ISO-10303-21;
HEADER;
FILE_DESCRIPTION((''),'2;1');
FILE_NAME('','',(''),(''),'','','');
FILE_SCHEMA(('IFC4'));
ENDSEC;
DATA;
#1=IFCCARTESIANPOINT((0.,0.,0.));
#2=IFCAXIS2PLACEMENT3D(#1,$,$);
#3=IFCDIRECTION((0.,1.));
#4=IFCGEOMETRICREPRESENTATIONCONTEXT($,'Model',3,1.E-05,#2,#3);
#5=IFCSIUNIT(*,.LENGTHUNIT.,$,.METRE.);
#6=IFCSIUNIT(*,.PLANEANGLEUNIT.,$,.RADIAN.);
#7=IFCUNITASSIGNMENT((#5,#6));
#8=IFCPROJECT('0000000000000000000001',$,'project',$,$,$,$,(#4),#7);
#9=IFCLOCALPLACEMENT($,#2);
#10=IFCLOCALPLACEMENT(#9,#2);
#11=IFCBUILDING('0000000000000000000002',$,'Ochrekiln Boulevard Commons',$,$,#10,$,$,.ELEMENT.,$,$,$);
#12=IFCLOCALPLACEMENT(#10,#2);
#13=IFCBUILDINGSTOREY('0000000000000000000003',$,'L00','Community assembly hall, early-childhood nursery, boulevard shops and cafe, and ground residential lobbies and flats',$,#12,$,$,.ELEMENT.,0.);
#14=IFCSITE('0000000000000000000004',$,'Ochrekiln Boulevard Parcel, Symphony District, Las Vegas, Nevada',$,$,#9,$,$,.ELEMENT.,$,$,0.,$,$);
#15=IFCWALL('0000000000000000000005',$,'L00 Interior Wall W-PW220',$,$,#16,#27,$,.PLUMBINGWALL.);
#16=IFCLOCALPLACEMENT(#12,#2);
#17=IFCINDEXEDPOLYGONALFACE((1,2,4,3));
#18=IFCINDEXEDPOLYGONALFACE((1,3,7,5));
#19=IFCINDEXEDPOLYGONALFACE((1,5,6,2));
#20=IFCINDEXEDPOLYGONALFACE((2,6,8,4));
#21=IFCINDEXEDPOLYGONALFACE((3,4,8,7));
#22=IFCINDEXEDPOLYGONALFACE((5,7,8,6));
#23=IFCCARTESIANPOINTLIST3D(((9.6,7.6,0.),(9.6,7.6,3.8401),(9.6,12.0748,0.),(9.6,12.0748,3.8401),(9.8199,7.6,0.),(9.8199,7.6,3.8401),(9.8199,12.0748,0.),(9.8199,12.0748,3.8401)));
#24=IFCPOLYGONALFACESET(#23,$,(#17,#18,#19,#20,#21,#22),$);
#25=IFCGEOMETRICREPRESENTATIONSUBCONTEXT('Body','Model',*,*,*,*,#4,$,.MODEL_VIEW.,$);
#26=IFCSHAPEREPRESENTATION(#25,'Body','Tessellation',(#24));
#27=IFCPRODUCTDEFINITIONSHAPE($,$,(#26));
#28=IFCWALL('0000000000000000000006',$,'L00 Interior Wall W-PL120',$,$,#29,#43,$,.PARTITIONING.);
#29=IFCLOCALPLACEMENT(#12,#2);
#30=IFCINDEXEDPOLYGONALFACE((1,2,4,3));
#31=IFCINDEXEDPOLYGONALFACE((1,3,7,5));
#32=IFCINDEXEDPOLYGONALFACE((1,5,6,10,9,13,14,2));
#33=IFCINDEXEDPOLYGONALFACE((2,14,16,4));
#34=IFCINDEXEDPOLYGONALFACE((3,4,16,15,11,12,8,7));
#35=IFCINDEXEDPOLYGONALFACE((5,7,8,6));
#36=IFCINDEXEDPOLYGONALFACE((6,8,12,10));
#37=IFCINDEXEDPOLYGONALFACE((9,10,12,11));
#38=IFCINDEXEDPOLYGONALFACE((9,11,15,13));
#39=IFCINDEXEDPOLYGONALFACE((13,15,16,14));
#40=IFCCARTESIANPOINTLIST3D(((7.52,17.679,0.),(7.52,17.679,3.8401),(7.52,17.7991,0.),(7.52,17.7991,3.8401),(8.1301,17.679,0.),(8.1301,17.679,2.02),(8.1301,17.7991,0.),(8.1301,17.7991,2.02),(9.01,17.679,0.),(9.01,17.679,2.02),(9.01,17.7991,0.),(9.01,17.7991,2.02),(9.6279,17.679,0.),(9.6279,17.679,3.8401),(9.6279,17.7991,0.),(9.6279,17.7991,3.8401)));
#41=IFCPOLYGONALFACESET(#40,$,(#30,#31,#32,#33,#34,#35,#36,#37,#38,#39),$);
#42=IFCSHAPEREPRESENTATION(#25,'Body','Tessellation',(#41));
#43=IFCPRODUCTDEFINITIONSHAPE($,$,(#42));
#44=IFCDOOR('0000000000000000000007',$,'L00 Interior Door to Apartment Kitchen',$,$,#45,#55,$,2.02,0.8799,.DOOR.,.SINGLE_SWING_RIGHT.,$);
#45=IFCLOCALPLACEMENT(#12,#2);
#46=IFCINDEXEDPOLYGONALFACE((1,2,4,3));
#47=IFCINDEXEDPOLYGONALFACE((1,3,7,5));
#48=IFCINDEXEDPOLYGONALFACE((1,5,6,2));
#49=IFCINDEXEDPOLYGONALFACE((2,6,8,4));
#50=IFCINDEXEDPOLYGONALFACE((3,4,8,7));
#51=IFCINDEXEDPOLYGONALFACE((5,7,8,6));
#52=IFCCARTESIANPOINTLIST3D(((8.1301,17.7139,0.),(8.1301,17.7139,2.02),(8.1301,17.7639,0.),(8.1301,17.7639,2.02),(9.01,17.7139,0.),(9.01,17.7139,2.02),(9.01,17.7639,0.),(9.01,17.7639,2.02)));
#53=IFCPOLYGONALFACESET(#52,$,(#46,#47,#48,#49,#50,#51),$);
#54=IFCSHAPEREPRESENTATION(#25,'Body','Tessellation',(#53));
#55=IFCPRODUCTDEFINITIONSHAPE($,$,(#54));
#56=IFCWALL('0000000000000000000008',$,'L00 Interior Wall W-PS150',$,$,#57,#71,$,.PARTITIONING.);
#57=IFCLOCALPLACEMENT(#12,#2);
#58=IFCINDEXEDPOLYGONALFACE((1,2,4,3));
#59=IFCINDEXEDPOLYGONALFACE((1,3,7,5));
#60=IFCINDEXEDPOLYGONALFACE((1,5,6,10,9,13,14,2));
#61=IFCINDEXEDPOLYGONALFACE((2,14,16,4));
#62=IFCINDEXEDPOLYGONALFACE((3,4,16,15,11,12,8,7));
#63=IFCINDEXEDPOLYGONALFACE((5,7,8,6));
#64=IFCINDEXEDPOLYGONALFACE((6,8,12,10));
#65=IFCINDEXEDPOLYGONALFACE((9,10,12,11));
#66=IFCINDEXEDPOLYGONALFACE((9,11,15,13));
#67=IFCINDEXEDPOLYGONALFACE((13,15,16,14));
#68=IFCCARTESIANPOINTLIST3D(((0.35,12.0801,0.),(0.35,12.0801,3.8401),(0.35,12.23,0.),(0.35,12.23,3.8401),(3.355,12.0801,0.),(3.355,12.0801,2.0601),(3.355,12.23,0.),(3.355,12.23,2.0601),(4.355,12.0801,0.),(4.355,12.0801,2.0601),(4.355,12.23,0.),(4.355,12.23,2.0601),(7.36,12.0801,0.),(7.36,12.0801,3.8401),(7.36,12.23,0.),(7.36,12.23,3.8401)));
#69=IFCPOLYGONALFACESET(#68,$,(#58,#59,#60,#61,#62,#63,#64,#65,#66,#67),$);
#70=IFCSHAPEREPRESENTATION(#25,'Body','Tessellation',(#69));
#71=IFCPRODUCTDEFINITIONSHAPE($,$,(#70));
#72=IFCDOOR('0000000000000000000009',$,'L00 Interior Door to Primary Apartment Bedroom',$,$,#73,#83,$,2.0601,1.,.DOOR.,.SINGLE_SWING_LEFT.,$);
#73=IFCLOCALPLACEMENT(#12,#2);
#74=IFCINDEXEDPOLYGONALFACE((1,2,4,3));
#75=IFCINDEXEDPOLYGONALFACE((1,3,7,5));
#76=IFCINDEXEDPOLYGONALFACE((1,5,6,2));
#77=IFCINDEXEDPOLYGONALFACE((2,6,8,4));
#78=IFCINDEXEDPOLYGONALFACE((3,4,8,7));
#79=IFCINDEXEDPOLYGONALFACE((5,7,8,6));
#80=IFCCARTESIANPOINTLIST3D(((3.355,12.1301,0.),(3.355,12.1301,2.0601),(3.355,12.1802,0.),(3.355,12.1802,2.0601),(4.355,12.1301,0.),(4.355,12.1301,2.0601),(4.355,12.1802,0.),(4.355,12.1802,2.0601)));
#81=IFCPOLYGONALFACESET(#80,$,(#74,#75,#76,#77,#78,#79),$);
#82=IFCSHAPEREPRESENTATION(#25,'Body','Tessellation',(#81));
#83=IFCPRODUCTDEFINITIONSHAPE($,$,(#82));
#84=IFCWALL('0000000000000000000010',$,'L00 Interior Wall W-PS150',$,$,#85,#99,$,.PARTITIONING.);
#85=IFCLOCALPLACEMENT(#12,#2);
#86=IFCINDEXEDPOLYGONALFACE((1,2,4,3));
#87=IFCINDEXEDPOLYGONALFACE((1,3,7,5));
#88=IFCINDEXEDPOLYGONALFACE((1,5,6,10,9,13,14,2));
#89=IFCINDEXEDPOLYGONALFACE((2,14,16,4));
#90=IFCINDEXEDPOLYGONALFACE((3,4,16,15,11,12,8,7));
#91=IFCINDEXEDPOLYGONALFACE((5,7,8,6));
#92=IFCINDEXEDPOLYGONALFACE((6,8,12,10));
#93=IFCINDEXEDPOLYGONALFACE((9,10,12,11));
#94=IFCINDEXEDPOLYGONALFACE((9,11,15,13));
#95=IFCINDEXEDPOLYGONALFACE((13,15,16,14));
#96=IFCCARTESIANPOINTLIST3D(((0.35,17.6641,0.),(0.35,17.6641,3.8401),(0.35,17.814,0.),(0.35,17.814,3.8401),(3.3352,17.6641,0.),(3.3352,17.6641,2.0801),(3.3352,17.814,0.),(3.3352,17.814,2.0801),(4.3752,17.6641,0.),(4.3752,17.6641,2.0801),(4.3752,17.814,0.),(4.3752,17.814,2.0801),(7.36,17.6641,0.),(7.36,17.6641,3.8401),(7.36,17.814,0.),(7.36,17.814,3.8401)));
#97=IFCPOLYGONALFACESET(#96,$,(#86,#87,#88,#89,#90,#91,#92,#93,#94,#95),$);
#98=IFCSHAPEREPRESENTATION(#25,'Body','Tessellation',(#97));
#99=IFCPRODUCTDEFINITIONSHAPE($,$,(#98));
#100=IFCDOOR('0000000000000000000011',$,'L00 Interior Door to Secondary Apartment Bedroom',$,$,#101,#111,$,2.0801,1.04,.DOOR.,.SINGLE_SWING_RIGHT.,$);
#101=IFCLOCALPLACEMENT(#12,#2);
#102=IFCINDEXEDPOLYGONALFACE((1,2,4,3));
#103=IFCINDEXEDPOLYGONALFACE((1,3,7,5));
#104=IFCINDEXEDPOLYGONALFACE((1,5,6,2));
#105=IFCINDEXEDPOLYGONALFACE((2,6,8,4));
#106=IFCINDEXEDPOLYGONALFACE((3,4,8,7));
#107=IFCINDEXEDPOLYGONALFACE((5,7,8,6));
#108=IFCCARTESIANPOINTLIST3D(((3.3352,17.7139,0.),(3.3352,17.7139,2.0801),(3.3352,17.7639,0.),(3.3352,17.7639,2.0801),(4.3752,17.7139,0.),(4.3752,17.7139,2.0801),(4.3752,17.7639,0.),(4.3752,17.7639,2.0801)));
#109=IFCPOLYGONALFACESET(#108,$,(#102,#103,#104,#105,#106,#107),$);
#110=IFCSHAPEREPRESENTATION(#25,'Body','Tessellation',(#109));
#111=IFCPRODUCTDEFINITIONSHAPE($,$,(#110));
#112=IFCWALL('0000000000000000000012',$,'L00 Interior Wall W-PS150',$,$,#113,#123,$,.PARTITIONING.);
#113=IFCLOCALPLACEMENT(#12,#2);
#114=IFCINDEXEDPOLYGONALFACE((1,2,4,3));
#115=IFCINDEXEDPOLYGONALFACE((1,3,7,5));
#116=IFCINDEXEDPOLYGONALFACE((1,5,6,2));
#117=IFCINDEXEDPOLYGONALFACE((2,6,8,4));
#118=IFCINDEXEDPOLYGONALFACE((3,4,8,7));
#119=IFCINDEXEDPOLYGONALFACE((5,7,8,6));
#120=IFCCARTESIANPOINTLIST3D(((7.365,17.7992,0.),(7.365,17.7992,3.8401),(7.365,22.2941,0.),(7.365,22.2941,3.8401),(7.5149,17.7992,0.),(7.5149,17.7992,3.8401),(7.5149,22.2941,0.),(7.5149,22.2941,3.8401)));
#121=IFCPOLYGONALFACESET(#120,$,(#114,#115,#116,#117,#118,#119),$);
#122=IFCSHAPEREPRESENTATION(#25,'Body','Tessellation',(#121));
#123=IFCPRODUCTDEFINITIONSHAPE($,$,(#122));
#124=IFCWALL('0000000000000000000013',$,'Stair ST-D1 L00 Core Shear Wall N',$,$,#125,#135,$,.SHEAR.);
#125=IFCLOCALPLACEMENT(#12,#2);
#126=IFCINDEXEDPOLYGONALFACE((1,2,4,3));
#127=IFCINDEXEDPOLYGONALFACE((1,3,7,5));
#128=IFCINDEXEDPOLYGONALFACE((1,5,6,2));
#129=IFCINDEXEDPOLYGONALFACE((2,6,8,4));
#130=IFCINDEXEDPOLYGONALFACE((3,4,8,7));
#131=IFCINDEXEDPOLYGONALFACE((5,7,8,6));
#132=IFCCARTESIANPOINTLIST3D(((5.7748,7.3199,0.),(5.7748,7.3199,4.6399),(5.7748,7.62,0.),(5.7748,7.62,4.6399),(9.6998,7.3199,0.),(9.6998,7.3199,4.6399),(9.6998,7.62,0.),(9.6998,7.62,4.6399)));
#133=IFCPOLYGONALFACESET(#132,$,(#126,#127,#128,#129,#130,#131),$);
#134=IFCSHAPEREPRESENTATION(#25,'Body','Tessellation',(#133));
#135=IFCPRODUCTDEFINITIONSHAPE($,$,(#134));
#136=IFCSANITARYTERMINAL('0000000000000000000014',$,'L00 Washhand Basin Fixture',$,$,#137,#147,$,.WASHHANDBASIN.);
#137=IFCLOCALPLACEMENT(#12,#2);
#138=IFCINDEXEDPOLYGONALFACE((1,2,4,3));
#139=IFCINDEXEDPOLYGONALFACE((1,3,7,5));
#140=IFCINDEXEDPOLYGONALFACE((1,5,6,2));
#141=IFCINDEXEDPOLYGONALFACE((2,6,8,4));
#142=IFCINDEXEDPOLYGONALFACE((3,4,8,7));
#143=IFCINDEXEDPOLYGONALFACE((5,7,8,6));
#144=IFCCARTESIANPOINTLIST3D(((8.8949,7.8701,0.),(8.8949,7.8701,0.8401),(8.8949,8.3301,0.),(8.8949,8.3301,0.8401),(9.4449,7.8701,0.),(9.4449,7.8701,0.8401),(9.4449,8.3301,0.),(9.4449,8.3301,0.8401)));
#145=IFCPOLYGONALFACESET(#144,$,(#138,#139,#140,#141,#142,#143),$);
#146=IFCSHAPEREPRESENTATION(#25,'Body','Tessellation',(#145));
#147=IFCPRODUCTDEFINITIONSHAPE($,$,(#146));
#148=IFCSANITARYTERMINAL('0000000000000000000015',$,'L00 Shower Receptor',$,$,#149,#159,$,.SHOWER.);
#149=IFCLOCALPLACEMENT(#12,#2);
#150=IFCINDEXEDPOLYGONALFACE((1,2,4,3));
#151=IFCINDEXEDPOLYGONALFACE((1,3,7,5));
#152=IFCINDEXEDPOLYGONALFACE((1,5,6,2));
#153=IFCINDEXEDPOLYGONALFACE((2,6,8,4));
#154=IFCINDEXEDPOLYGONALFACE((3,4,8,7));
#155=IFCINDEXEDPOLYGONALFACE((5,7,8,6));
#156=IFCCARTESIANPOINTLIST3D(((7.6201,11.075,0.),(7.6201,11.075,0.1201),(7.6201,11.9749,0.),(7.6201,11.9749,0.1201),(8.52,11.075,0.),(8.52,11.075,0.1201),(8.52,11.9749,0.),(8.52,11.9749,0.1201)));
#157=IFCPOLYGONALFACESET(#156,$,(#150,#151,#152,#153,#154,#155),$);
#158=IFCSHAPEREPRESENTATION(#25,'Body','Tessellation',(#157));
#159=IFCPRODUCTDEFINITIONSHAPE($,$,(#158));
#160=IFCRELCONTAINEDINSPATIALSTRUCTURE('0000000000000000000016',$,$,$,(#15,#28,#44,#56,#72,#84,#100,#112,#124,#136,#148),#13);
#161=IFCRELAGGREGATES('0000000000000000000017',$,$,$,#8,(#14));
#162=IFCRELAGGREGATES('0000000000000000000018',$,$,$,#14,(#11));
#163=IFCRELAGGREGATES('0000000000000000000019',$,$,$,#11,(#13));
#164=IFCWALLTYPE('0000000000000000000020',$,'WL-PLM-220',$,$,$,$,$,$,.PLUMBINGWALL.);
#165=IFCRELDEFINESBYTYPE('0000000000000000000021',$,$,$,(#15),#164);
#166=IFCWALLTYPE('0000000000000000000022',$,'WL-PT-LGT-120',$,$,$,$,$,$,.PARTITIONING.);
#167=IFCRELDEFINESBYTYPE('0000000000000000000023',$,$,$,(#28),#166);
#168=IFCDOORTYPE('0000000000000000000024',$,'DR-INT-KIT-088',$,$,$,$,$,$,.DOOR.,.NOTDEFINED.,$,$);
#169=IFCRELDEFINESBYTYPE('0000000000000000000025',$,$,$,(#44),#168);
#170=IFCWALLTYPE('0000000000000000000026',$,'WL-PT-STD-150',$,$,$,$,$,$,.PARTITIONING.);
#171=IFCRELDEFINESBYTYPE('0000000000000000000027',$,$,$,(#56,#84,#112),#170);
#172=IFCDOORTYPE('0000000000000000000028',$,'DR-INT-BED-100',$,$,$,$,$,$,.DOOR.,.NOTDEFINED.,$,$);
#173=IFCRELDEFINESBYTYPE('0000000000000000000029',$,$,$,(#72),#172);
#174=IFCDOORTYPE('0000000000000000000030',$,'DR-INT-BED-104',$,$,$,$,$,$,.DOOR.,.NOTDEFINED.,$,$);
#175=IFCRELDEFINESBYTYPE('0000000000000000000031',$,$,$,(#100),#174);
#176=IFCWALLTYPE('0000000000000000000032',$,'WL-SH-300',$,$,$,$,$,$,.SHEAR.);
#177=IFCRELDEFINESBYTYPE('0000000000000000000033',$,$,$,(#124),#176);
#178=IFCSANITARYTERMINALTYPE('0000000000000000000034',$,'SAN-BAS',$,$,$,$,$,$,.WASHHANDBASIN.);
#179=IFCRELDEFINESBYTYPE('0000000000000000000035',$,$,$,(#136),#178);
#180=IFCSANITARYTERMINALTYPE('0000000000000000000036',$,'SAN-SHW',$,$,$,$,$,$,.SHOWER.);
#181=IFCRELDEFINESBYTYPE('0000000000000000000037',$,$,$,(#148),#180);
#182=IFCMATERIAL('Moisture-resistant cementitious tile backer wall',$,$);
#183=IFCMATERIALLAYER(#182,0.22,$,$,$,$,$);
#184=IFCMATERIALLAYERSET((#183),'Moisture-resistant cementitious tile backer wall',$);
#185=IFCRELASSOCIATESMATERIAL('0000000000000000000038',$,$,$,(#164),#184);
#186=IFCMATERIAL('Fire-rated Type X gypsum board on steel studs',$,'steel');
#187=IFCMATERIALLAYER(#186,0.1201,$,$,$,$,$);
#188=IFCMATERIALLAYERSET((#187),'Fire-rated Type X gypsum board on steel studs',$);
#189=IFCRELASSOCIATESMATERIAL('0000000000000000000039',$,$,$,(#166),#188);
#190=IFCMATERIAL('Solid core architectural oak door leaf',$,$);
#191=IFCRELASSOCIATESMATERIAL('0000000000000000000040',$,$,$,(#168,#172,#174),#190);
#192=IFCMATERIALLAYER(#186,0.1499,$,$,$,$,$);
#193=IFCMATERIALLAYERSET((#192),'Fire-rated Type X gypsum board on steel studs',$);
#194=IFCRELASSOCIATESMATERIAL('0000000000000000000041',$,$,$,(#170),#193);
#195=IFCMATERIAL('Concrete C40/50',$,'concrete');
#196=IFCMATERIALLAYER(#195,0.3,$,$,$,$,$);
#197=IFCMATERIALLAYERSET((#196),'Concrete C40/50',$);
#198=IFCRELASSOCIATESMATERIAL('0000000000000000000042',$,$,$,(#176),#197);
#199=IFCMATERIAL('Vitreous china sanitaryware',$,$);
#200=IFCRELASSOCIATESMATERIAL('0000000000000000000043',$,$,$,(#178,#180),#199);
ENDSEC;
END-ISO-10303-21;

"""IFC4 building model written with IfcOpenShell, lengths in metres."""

from ifc_helpers import new_model, si_unit, direction, frame, frame_2d, origin, origin_2d, place, context, subcontext, project, spatial, rectangle, extrude, material, layer, layer_set, type_object, element, fill, save


model = new_model("IFC4")

# Units and contexts
model_context = context("Model", 3, precision=1e-05, world=origin(), true_north=direction((0.0, 1.0)))
body_context = subcontext(model_context, "Body", "Model", "MODEL_VIEW")
ifc_project = project(units=[si_unit("LENGTHUNIT", "METRE"), si_unit("PLANEANGLEUNIT", "RADIAN")], contexts=[model_context])

# Site, building, storey
site_placement = place(None, origin())
site = spatial("IfcSite", under=ifc_project, at=site_placement, Name="Ochrekiln Boulevard Parcel, Symphony District, Las Vegas, Nevada", CompositionType="ELEMENT", RefElevation=0.0)
building_placement = place(site_placement, origin())
building = spatial("IfcBuilding", under=site, at=building_placement, Name="Ochrekiln Boulevard Commons", CompositionType="ELEMENT")
storey_placement = place(building_placement, origin())
storey = spatial("IfcBuildingStorey", under=building, at=storey_placement, Name="L00", Description="Community assembly hall, early-childhood nursery, boulevard shops and cafe, and ground residential lobbies and flats", CompositionType="ELEMENT", Elevation=0.0)

# Shared definitions
ifc_material_1 = material(Name="Concrete C40/50", Category="concrete")

# Shared definitions
ifc_material_2 = material(Name="Moisture-resistant cementitious tile backer wall")
ifc_material_3 = material(Name="Solid core architectural oak door leaf")

# Wall
ifc_layer_1 = layer(ifc_material_2, 0.22)
ifc_layer_set_1 = layer_set([ifc_layer_1], Name="Moisture-resistant cementitious tile backer wall")
wall_type_1 = type_object("IfcWallType", Name="WL-PLM-220", PredefinedType="PLUMBINGWALL", material=ifc_layer_set_1)
wall_1_placement = place(storey_placement, frame((9.71, 7.6001, 0.0), z_axis=(0.0, 0.0, 1.0), x_axis=(0.0, 1.0, 0.0)))
element("IfcWall", 1, at=wall_1_placement, inside=storey, type_object=wall_type_1, Name="L00 Interior Wall W-PW220", PredefinedType="PLUMBINGWALL", context=body_context, shape_type="SweptSolid", body=[
    extrude(rectangle(XDim=4.4749, YDim=0.22, at=frame_2d((2.2373, 0.0))), origin(), (0.0, 0.0, 1.0), 3.8401),
])

# Walls, openings, doors
ifc_material_4 = material(Name="Fire-rated Type X gypsum board on steel studs", Category="steel")
ifc_layer_2 = layer(ifc_material_4, 0.1201)
ifc_layer_set_2 = layer_set([ifc_layer_2], Name="Fire-rated Type X gypsum board on steel studs")
wall_type_2 = type_object("IfcWallType", Name="WL-PT-LGT-120", PredefinedType="PARTITIONING", material=ifc_layer_set_2)
wall_2_placement = place(storey_placement, frame((7.52, 17.739, 0.0), z_axis=(0.0, 0.0, 1.0), x_axis=(1.0, 0.0, 0.0)))
wall_2 = element("IfcWall", 2, at=wall_2_placement, inside=storey, type_object=wall_type_2, Name="L00 Interior Wall W-PL120", PredefinedType="PARTITIONING", context=body_context, shape_type="SweptSolid", body=[
    extrude(rectangle(XDim=2.1079, YDim=0.1201, at=frame_2d((1.054, 0.0))), origin(), (0.0, 0.0, 1.0), 3.8401),
])
opening_1_placement = place(wall_2_placement, frame((0.6101, 0.0, 0.0)))
opening_1 = element("IfcOpeningElement", 3, at=opening_1_placement, cuts=wall_2, PredefinedType="OPENING", context=body_context, shape_type="SweptSolid", body=[
    extrude(rectangle(XDim=0.8799, YDim=2.02, at=frame_2d((0.4399, 1.01))), frame((0.0, 0.0701, 0.0), z_axis=(0.0, -1.0, 0.0), x_axis=(1.0, 0.0, 0.0)), (0.0, 0.0, 1.0), 0.1401),
])
door_type_1 = type_object("IfcDoorType", Name="DR-INT-KIT-088", OperationType="NOTDEFINED", PredefinedType="DOOR", material=ifc_material_3)
door_1_placement = place(opening_1_placement, origin())
door_1 = element("IfcDoor", 4, at=door_1_placement, inside=storey, type_object=door_type_1, Name="L00 Interior Door to Apartment Kitchen", OperationType="SINGLE_SWING_RIGHT", OverallHeight=2.02, OverallWidth=0.8799, PredefinedType="DOOR", context=body_context, shape_type="SweptSolid", body=[
    extrude(rectangle(XDim=0.8799, YDim=2.02, at=frame_2d((0.4399, 1.01))), frame((0.0, 0.0249, 0.0), z_axis=(0.0, -1.0, 0.0), x_axis=(1.0, 0.0, 0.0)), (0.0, 0.0, 1.0), 0.05),
])
fill(opening_1, door_1)
ifc_layer_3 = layer(ifc_material_4, 0.1499)
ifc_layer_set_3 = layer_set([ifc_layer_3], Name="Fire-rated Type X gypsum board on steel studs")
wall_type_3 = type_object("IfcWallType", Name="WL-PT-STD-150", PredefinedType="PARTITIONING", material=ifc_layer_set_3)
wall_3_placement = place(storey_placement, frame((0.3501, 12.155, 0.0), z_axis=(0.0, 0.0, 1.0), x_axis=(1.0, 0.0, 0.0)))
wall_3 = element("IfcWall", 5, at=wall_3_placement, inside=storey, type_object=wall_type_3, Name="L00 Interior Wall W-PS150", PredefinedType="PARTITIONING", context=body_context, shape_type="SweptSolid", body=[
    extrude(rectangle(XDim=7.01, YDim=0.1499, at=frame_2d((3.5049, 0.0))), origin(), (0.0, 0.0, 1.0), 3.8401),
])
opening_2_placement = place(wall_3_placement, frame((3.0049, 0.0, 0.0)))
opening_2 = element("IfcOpeningElement", 6, at=opening_2_placement, cuts=wall_3, PredefinedType="OPENING", context=body_context, shape_type="SweptSolid", body=[
    extrude(rectangle(XDim=1.0, YDim=2.0601, at=frame_2d((0.5, 1.03))), frame((0.0, 0.085, 0.0), z_axis=(0.0, -1.0, 0.0), x_axis=(1.0, 0.0, 0.0)), (0.0, 0.0, 1.0), 0.1699),
])
door_type_2 = type_object("IfcDoorType", Name="DR-INT-BED-100", OperationType="NOTDEFINED", PredefinedType="DOOR", material=ifc_material_3)
door_2_placement = place(opening_2_placement, frame((1.0, 0.0, 0.0), z_axis=(0.0, 0.0, 1.0), x_axis=(-1.0, 0.0, 0.0)))
door_2 = element("IfcDoor", 7, at=door_2_placement, inside=storey, type_object=door_type_2, Name="L00 Interior Door to Primary Apartment Bedroom", OperationType="SINGLE_SWING_LEFT", OverallHeight=2.0601, OverallWidth=1.0, PredefinedType="DOOR", context=body_context, shape_type="SweptSolid", body=[
    extrude(rectangle(XDim=1.0, YDim=2.0601, at=frame_2d((0.5, 1.03))), frame((0.0, 0.0249, 0.0), z_axis=(0.0, -1.0, 0.0), x_axis=(1.0, 0.0, 0.0)), (0.0, 0.0, 1.0), 0.05),
])
fill(opening_2, door_2)
wall_4_placement = place(storey_placement, frame((0.3501, 17.739, 0.0), z_axis=(0.0, 0.0, 1.0), x_axis=(1.0, 0.0, 0.0)))
wall_4 = element("IfcWall", 8, at=wall_4_placement, inside=storey, type_object=wall_type_3, Name="L00 Interior Wall W-PS150", PredefinedType="PARTITIONING", context=body_context, shape_type="SweptSolid", body=[
    extrude(rectangle(XDim=7.01, YDim=0.1499, at=frame_2d((3.5049, 0.0))), origin(), (0.0, 0.0, 1.0), 3.8401),
])
opening_3_placement = place(wall_4_placement, frame((2.9851, 0.0, 0.0)))
opening_3 = element("IfcOpeningElement", 9, at=opening_3_placement, cuts=wall_4, PredefinedType="OPENING", context=body_context, shape_type="SweptSolid", body=[
    extrude(rectangle(XDim=1.04, YDim=2.0801, at=frame_2d((0.52, 1.04))), frame((0.0, 0.085, 0.0), z_axis=(0.0, -1.0, 0.0), x_axis=(1.0, 0.0, 0.0)), (0.0, 0.0, 1.0), 0.1699),
])
door_type_3 = type_object("IfcDoorType", Name="DR-INT-BED-104", OperationType="NOTDEFINED", PredefinedType="DOOR", material=ifc_material_3)
door_3_placement = place(opening_3_placement, origin())
door_3 = element("IfcDoor", 10, at=door_3_placement, inside=storey, type_object=door_type_3, Name="L00 Interior Door to Secondary Apartment Bedroom", OperationType="SINGLE_SWING_RIGHT", OverallHeight=2.0801, OverallWidth=1.04, PredefinedType="DOOR", context=body_context, shape_type="SweptSolid", body=[
    extrude(rectangle(XDim=1.04, YDim=2.0801, at=frame_2d((0.52, 1.04))), frame((0.0, 0.0249, 0.0), z_axis=(0.0, -1.0, 0.0), x_axis=(1.0, 0.0, 0.0)), (0.0, 0.0, 1.0), 0.05),
])
fill(opening_3, door_3)

# Walls
wall_5_placement = place(storey_placement, frame((7.4399, 17.7991, 0.0), z_axis=(0.0, 0.0, 1.0), x_axis=(0.0, 1.0, 0.0)))
element("IfcWall", 11, at=wall_5_placement, inside=storey, type_object=wall_type_3, Name="L00 Interior Wall W-PS150", PredefinedType="PARTITIONING", context=body_context, shape_type="SweptSolid", body=[
    extrude(rectangle(XDim=4.4949, YDim=0.1499, at=frame_2d((2.2476, 0.0))), origin(), (0.0, 0.0, 1.0), 3.8401),
])
ifc_layer_4 = layer(ifc_material_1, 0.3)
ifc_layer_set_4 = layer_set([ifc_layer_4], Name="Concrete C40/50")
wall_type_4 = type_object("IfcWallType", Name="WL-SH-300", PredefinedType="SHEAR", material=ifc_layer_set_4)
wall_6_placement = place(storey_placement, frame((5.7749, 7.47, 0.0), z_axis=(0.0, 0.0, 1.0), x_axis=(1.0, 0.0, 0.0)))
element("IfcWall", 12, at=wall_6_placement, inside=storey, type_object=wall_type_4, Name="Stair ST-D1 L00 Core Shear Wall N", PredefinedType="SHEAR", context=body_context, shape_type="SweptSolid", body=[
    extrude(rectangle(XDim=3.925, YDim=0.3, at=frame_2d((1.9624, 0.0))), origin(), (0.0, 0.0, 1.0), 4.6399),
])

# Sanitary terminals
ifc_material_5 = material(Name="Vitreous china sanitaryware")
sanitary_terminal_type_1 = type_object("IfcSanitaryTerminalType", Name="SAN-BAS", PredefinedType="WASHHANDBASIN", material=ifc_material_5)
sanitary_terminal_1_placement = place(storey_placement, frame((9.1699, 8.1001, 0.0), z_axis=(0.0, 0.0, 1.0), x_axis=(1.0, 0.0, 0.0)))
element("IfcSanitaryTerminal", 13, at=sanitary_terminal_1_placement, inside=storey, type_object=sanitary_terminal_type_1, Name="L00 Washhand Basin Fixture", PredefinedType="WASHHANDBASIN", context=body_context, shape_type="SweptSolid", body=[
    extrude(rectangle(XDim=0.55, YDim=0.46, at=origin_2d()), origin(), (0.0, 0.0, 1.0), 0.8401),
])
sanitary_terminal_type_2 = type_object("IfcSanitaryTerminalType", Name="SAN-SHW", PredefinedType="SHOWER", material=ifc_material_5)
sanitary_terminal_2_placement = place(storey_placement, frame((8.0701, 11.5249, 0.0), z_axis=(0.0, 0.0, 1.0), x_axis=(1.0, 0.0, 0.0)))
element("IfcSanitaryTerminal", 14, at=sanitary_terminal_2_placement, inside=storey, type_object=sanitary_terminal_type_2, Name="L00 Shower Receptor", PredefinedType="SHOWER", context=body_context, shape_type="SweptSolid", body=[
    extrude(rectangle(XDim=0.8999, YDim=0.8999, at=origin_2d()), origin(), (0.0, 0.0, 1.0), 0.1201),
])

save(model, "model.ifc")
